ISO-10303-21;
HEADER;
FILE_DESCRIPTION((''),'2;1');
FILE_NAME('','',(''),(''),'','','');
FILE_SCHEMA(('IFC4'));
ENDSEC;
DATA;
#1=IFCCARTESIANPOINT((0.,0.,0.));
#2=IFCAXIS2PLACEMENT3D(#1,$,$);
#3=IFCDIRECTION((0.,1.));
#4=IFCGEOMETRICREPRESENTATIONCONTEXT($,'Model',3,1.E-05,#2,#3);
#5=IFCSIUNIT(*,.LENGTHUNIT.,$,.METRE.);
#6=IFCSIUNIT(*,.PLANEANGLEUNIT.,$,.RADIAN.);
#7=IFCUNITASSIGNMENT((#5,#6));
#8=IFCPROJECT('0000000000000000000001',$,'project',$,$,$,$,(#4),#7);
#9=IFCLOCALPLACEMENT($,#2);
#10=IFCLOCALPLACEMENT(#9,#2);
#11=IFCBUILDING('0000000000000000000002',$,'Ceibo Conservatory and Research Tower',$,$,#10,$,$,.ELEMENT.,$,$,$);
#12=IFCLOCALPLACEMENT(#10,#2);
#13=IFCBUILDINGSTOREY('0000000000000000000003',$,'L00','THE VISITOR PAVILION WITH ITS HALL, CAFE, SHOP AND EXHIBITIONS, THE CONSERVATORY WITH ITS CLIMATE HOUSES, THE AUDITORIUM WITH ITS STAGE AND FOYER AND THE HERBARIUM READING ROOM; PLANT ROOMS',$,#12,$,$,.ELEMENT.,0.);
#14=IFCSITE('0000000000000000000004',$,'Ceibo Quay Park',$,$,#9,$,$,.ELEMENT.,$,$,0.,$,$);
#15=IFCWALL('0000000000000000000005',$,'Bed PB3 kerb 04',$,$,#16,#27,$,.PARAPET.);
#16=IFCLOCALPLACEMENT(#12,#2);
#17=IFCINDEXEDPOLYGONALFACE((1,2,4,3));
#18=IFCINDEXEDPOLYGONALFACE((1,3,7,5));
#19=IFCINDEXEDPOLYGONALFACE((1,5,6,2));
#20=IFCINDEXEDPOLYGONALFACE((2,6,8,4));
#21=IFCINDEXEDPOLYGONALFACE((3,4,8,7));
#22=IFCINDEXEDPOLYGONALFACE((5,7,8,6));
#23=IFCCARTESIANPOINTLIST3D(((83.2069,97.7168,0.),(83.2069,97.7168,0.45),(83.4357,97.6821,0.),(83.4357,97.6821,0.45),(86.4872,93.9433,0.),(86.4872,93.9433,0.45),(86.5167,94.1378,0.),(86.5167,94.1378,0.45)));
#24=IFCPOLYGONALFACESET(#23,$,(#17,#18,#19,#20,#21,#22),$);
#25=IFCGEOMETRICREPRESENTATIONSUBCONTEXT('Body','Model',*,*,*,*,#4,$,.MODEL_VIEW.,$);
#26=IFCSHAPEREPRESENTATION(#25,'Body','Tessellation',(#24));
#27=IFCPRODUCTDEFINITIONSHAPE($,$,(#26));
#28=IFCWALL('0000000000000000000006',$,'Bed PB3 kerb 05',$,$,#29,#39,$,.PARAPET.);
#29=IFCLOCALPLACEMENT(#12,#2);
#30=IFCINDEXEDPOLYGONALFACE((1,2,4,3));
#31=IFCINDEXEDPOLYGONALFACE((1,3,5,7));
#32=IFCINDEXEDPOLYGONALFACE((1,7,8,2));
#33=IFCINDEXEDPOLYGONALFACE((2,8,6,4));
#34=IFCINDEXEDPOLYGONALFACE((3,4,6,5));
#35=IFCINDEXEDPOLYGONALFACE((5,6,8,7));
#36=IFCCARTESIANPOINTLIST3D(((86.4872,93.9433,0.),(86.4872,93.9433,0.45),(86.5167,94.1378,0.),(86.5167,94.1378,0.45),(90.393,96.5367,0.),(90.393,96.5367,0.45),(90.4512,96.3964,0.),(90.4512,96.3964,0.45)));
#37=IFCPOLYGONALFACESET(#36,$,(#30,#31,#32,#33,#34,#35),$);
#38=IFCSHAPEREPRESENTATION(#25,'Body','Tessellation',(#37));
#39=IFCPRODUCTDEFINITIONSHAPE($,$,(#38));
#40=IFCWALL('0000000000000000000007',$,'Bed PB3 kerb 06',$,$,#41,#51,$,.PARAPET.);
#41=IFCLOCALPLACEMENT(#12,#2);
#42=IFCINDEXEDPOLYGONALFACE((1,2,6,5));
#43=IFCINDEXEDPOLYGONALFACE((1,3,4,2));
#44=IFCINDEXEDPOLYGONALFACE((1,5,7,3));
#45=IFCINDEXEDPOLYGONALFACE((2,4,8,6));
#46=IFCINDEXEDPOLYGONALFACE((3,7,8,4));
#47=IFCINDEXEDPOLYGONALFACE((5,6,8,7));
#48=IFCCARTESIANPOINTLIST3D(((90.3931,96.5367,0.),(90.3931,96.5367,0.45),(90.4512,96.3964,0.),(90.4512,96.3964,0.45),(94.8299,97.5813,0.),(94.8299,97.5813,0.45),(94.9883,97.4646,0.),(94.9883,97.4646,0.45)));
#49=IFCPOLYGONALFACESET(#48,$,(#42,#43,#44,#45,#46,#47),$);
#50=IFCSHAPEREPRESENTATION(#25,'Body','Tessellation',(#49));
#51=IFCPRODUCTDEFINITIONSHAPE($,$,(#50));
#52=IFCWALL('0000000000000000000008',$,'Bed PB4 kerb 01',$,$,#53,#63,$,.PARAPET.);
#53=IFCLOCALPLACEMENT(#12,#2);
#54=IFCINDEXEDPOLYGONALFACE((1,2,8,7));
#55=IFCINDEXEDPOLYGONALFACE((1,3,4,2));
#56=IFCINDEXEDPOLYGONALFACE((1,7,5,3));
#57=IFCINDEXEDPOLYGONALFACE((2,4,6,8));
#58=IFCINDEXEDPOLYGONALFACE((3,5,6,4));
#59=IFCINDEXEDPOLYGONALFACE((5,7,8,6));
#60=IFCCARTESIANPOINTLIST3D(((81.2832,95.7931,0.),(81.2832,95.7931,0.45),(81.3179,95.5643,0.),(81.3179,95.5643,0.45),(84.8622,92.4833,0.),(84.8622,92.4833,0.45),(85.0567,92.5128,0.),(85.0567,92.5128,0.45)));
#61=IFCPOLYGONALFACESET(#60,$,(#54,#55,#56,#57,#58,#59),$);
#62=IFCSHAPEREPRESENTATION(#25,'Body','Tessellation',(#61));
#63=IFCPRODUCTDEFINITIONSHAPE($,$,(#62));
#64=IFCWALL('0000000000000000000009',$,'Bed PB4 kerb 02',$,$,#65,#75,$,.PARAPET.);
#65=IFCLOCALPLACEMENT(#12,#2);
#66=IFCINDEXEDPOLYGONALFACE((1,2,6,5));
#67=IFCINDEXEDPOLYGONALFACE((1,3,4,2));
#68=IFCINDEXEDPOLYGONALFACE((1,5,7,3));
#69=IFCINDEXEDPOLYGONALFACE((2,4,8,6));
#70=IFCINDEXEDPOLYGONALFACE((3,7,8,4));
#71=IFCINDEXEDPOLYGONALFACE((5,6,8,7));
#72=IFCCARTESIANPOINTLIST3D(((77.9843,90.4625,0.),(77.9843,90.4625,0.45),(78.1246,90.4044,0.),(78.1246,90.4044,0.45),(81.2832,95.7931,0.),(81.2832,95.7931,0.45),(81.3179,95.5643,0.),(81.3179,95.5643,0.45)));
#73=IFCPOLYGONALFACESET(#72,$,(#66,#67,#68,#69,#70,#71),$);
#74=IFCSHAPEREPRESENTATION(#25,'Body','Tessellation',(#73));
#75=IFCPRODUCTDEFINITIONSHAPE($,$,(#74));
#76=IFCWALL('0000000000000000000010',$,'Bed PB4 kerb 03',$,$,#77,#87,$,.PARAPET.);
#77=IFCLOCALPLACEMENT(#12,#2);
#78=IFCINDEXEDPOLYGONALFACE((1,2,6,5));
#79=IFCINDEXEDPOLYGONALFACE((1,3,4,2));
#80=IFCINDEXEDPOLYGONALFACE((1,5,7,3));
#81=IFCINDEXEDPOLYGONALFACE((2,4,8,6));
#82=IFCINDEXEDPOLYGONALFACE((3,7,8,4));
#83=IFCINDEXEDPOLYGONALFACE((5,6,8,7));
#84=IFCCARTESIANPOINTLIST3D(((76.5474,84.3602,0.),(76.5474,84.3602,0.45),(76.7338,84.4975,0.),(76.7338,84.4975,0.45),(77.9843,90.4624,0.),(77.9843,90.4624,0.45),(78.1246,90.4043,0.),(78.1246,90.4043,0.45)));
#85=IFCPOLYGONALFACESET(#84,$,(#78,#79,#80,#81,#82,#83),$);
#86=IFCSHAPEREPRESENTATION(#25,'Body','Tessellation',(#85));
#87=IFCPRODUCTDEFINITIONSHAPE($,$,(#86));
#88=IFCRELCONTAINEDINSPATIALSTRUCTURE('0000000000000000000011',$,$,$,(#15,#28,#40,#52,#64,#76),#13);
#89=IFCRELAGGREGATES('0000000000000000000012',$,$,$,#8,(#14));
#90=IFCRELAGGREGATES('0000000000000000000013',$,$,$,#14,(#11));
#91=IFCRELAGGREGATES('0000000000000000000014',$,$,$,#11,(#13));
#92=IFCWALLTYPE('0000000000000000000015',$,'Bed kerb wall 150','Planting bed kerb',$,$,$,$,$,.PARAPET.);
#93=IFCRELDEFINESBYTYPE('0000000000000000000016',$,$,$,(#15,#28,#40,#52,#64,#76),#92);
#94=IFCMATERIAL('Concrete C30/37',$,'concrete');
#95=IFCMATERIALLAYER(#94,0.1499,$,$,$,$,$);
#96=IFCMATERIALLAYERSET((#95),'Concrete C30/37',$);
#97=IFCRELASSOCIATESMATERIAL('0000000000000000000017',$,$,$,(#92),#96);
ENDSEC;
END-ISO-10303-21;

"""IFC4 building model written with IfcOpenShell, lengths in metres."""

from ifc_helpers import new_model, si_unit, direction, frame, origin, place, context, subcontext, project, spatial, polyline, outline, extrude, material, layer, layer_set, type_object, element, save


model = new_model("IFC4")

# Units and contexts
model_context = context("Model", 3, precision=1e-05, world=origin(), true_north=direction((0.0, 1.0)))
body_context = subcontext(model_context, "Body", "Model", "MODEL_VIEW")
ifc_project = project(units=[si_unit("LENGTHUNIT", "METRE"), si_unit("PLANEANGLEUNIT", "RADIAN")], contexts=[model_context])

# Site, building, storey
site_placement = place(None, origin())
site = spatial("IfcSite", under=ifc_project, at=site_placement, Name="Ceibo Quay Park", CompositionType="ELEMENT", RefElevation=0.0)
building_placement = place(site_placement, origin())
building = spatial("IfcBuilding", under=site, at=building_placement, Name="Ceibo Conservatory and Research Tower", CompositionType="ELEMENT")
storey_placement = place(building_placement, origin())
storey = spatial("IfcBuildingStorey", under=building, at=storey_placement, Name="L00", Description="THE VISITOR PAVILION WITH ITS HALL, CAFE, SHOP AND EXHIBITIONS, THE CONSERVATORY WITH ITS CLIMATE HOUSES, THE AUDITORIUM WITH ITS STAGE AND FOYER AND THE HERBARIUM READING ROOM; PLANT ROOMS", CompositionType="ELEMENT", Elevation=0.0)

# Walls
ifc_material_1 = material(Name="Concrete C30/37", Category="concrete")
ifc_layer_1 = layer(ifc_material_1, 0.1499)
ifc_layer_set_1 = layer_set([ifc_layer_1], Name="Concrete C30/37")
wall_type_1 = type_object("IfcWallType", Name="Bed kerb wall 150", Description="Planting bed kerb", PredefinedType="PARAPET", material=ifc_layer_set_1)
wall_1_placement = place(storey_placement, frame((83.3213, 97.6995, 0.0), z_axis=(0.0, 0.0, 1.0), x_axis=(0.656059, -0.75471, 0.0)))
element("IfcWall", 1, at=wall_1_placement, inside=storey, type_object=wall_type_1, Name="Bed PB3 kerb 04", PredefinedType="PARAPET", context=body_context, shape_type="SweptSolid", body=[
    extrude(outline(polyline([(-0.0881, -0.075), (4.9119, -0.075), (4.7844, 0.075), (0.0881, 0.075), (-0.0881, -0.075)])), origin(), (0.0, 0.0, 1.0), 0.45),
])
wall_2_placement = place(storey_placement, frame((86.502, 94.0405, 0.0), z_axis=(0.0, 0.0, 1.0), x_axis=(0.850337, 0.526238, 0.0)))
element("IfcWall", 2, at=wall_2_placement, inside=storey, type_object=wall_type_1, Name="Bed PB3 kerb 05", PredefinedType="PARAPET", context=body_context, shape_type="SweptSolid", body=[
    extrude(outline(polyline([(-0.0637, -0.075), (4.5979, -0.075), (4.6223, 0.075), (0.0637, 0.075), (-0.0637, -0.075)])), origin(), (0.0, 0.0, 1.0), 0.45),
])
wall_3_placement = place(storey_placement, frame((90.4221, 96.4666, 0.0), z_axis=(0.0, 0.0, 1.0), x_axis=(0.973387, 0.229166, 0.0)))
element("IfcWall", 3, at=wall_3_placement, inside=storey, type_object=wall_type_1, Name="Bed PB3 kerb 06", PredefinedType="PARAPET", context=body_context, shape_type="SweptSolid", body=[
    extrude(outline(polyline([(0.0122, -0.075), (4.6733, -0.075), (4.5459, 0.075), (-0.0122, 0.075), (0.0122, -0.075)])), origin(), (0.0, 0.0, 1.0), 0.45),
])
wall_4_placement = place(storey_placement, frame((84.9595, 92.498, 0.0), z_axis=(0.0, 0.0, 1.0), x_axis=(-0.75471, 0.656059, 0.0)))
element("IfcWall", 4, at=wall_4_placement, inside=storey, type_object=wall_type_1, Name="Bed PB4 kerb 01", PredefinedType="PARAPET", context=body_context, shape_type="SweptSolid", body=[
    extrude(outline(polyline([(-0.0637, -0.075), (4.9363, -0.075), (4.76, 0.075), (0.0637, 0.075), (-0.0637, -0.075)])), origin(), (0.0, 0.0, 1.0), 0.45),
])
wall_5_placement = place(storey_placement, frame((81.3005, 95.6787, 0.0), z_axis=(0.0, 0.0, 1.0), x_axis=(-0.526233, -0.85034, 0.0)))
element("IfcWall", 5, at=wall_5_placement, inside=storey, type_object=wall_type_1, Name="Bed PB4 kerb 02", PredefinedType="PARAPET", context=body_context, shape_type="SweptSolid", body=[
    extrude(outline(polyline([(-0.0881, -0.075), (6.1807, -0.075), (6.1562, 0.075), (0.0881, 0.075), (-0.0881, -0.075)])), origin(), (0.0, 0.0, 1.0), 0.45),
])
wall_6_placement = place(storey_placement, frame((78.0544, 90.4333, 0.0), z_axis=(0.0, 0.0, 1.0), x_axis=(-0.229196, -0.97338, 0.0)))
element("IfcWall", 6, at=wall_6_placement, inside=storey, type_object=wall_type_1, Name="Bed PB4 kerb 03", PredefinedType="PARAPET", context=body_context, shape_type="SweptSolid", body=[
    extrude(outline(polyline([(-0.0122, -0.075), (6.2568, -0.075), (6.0806, 0.075), (0.0122, 0.075), (-0.0122, -0.075)])), origin(), (0.0, 0.0, 1.0), 0.45),
])

save(model, "model.ifc")
